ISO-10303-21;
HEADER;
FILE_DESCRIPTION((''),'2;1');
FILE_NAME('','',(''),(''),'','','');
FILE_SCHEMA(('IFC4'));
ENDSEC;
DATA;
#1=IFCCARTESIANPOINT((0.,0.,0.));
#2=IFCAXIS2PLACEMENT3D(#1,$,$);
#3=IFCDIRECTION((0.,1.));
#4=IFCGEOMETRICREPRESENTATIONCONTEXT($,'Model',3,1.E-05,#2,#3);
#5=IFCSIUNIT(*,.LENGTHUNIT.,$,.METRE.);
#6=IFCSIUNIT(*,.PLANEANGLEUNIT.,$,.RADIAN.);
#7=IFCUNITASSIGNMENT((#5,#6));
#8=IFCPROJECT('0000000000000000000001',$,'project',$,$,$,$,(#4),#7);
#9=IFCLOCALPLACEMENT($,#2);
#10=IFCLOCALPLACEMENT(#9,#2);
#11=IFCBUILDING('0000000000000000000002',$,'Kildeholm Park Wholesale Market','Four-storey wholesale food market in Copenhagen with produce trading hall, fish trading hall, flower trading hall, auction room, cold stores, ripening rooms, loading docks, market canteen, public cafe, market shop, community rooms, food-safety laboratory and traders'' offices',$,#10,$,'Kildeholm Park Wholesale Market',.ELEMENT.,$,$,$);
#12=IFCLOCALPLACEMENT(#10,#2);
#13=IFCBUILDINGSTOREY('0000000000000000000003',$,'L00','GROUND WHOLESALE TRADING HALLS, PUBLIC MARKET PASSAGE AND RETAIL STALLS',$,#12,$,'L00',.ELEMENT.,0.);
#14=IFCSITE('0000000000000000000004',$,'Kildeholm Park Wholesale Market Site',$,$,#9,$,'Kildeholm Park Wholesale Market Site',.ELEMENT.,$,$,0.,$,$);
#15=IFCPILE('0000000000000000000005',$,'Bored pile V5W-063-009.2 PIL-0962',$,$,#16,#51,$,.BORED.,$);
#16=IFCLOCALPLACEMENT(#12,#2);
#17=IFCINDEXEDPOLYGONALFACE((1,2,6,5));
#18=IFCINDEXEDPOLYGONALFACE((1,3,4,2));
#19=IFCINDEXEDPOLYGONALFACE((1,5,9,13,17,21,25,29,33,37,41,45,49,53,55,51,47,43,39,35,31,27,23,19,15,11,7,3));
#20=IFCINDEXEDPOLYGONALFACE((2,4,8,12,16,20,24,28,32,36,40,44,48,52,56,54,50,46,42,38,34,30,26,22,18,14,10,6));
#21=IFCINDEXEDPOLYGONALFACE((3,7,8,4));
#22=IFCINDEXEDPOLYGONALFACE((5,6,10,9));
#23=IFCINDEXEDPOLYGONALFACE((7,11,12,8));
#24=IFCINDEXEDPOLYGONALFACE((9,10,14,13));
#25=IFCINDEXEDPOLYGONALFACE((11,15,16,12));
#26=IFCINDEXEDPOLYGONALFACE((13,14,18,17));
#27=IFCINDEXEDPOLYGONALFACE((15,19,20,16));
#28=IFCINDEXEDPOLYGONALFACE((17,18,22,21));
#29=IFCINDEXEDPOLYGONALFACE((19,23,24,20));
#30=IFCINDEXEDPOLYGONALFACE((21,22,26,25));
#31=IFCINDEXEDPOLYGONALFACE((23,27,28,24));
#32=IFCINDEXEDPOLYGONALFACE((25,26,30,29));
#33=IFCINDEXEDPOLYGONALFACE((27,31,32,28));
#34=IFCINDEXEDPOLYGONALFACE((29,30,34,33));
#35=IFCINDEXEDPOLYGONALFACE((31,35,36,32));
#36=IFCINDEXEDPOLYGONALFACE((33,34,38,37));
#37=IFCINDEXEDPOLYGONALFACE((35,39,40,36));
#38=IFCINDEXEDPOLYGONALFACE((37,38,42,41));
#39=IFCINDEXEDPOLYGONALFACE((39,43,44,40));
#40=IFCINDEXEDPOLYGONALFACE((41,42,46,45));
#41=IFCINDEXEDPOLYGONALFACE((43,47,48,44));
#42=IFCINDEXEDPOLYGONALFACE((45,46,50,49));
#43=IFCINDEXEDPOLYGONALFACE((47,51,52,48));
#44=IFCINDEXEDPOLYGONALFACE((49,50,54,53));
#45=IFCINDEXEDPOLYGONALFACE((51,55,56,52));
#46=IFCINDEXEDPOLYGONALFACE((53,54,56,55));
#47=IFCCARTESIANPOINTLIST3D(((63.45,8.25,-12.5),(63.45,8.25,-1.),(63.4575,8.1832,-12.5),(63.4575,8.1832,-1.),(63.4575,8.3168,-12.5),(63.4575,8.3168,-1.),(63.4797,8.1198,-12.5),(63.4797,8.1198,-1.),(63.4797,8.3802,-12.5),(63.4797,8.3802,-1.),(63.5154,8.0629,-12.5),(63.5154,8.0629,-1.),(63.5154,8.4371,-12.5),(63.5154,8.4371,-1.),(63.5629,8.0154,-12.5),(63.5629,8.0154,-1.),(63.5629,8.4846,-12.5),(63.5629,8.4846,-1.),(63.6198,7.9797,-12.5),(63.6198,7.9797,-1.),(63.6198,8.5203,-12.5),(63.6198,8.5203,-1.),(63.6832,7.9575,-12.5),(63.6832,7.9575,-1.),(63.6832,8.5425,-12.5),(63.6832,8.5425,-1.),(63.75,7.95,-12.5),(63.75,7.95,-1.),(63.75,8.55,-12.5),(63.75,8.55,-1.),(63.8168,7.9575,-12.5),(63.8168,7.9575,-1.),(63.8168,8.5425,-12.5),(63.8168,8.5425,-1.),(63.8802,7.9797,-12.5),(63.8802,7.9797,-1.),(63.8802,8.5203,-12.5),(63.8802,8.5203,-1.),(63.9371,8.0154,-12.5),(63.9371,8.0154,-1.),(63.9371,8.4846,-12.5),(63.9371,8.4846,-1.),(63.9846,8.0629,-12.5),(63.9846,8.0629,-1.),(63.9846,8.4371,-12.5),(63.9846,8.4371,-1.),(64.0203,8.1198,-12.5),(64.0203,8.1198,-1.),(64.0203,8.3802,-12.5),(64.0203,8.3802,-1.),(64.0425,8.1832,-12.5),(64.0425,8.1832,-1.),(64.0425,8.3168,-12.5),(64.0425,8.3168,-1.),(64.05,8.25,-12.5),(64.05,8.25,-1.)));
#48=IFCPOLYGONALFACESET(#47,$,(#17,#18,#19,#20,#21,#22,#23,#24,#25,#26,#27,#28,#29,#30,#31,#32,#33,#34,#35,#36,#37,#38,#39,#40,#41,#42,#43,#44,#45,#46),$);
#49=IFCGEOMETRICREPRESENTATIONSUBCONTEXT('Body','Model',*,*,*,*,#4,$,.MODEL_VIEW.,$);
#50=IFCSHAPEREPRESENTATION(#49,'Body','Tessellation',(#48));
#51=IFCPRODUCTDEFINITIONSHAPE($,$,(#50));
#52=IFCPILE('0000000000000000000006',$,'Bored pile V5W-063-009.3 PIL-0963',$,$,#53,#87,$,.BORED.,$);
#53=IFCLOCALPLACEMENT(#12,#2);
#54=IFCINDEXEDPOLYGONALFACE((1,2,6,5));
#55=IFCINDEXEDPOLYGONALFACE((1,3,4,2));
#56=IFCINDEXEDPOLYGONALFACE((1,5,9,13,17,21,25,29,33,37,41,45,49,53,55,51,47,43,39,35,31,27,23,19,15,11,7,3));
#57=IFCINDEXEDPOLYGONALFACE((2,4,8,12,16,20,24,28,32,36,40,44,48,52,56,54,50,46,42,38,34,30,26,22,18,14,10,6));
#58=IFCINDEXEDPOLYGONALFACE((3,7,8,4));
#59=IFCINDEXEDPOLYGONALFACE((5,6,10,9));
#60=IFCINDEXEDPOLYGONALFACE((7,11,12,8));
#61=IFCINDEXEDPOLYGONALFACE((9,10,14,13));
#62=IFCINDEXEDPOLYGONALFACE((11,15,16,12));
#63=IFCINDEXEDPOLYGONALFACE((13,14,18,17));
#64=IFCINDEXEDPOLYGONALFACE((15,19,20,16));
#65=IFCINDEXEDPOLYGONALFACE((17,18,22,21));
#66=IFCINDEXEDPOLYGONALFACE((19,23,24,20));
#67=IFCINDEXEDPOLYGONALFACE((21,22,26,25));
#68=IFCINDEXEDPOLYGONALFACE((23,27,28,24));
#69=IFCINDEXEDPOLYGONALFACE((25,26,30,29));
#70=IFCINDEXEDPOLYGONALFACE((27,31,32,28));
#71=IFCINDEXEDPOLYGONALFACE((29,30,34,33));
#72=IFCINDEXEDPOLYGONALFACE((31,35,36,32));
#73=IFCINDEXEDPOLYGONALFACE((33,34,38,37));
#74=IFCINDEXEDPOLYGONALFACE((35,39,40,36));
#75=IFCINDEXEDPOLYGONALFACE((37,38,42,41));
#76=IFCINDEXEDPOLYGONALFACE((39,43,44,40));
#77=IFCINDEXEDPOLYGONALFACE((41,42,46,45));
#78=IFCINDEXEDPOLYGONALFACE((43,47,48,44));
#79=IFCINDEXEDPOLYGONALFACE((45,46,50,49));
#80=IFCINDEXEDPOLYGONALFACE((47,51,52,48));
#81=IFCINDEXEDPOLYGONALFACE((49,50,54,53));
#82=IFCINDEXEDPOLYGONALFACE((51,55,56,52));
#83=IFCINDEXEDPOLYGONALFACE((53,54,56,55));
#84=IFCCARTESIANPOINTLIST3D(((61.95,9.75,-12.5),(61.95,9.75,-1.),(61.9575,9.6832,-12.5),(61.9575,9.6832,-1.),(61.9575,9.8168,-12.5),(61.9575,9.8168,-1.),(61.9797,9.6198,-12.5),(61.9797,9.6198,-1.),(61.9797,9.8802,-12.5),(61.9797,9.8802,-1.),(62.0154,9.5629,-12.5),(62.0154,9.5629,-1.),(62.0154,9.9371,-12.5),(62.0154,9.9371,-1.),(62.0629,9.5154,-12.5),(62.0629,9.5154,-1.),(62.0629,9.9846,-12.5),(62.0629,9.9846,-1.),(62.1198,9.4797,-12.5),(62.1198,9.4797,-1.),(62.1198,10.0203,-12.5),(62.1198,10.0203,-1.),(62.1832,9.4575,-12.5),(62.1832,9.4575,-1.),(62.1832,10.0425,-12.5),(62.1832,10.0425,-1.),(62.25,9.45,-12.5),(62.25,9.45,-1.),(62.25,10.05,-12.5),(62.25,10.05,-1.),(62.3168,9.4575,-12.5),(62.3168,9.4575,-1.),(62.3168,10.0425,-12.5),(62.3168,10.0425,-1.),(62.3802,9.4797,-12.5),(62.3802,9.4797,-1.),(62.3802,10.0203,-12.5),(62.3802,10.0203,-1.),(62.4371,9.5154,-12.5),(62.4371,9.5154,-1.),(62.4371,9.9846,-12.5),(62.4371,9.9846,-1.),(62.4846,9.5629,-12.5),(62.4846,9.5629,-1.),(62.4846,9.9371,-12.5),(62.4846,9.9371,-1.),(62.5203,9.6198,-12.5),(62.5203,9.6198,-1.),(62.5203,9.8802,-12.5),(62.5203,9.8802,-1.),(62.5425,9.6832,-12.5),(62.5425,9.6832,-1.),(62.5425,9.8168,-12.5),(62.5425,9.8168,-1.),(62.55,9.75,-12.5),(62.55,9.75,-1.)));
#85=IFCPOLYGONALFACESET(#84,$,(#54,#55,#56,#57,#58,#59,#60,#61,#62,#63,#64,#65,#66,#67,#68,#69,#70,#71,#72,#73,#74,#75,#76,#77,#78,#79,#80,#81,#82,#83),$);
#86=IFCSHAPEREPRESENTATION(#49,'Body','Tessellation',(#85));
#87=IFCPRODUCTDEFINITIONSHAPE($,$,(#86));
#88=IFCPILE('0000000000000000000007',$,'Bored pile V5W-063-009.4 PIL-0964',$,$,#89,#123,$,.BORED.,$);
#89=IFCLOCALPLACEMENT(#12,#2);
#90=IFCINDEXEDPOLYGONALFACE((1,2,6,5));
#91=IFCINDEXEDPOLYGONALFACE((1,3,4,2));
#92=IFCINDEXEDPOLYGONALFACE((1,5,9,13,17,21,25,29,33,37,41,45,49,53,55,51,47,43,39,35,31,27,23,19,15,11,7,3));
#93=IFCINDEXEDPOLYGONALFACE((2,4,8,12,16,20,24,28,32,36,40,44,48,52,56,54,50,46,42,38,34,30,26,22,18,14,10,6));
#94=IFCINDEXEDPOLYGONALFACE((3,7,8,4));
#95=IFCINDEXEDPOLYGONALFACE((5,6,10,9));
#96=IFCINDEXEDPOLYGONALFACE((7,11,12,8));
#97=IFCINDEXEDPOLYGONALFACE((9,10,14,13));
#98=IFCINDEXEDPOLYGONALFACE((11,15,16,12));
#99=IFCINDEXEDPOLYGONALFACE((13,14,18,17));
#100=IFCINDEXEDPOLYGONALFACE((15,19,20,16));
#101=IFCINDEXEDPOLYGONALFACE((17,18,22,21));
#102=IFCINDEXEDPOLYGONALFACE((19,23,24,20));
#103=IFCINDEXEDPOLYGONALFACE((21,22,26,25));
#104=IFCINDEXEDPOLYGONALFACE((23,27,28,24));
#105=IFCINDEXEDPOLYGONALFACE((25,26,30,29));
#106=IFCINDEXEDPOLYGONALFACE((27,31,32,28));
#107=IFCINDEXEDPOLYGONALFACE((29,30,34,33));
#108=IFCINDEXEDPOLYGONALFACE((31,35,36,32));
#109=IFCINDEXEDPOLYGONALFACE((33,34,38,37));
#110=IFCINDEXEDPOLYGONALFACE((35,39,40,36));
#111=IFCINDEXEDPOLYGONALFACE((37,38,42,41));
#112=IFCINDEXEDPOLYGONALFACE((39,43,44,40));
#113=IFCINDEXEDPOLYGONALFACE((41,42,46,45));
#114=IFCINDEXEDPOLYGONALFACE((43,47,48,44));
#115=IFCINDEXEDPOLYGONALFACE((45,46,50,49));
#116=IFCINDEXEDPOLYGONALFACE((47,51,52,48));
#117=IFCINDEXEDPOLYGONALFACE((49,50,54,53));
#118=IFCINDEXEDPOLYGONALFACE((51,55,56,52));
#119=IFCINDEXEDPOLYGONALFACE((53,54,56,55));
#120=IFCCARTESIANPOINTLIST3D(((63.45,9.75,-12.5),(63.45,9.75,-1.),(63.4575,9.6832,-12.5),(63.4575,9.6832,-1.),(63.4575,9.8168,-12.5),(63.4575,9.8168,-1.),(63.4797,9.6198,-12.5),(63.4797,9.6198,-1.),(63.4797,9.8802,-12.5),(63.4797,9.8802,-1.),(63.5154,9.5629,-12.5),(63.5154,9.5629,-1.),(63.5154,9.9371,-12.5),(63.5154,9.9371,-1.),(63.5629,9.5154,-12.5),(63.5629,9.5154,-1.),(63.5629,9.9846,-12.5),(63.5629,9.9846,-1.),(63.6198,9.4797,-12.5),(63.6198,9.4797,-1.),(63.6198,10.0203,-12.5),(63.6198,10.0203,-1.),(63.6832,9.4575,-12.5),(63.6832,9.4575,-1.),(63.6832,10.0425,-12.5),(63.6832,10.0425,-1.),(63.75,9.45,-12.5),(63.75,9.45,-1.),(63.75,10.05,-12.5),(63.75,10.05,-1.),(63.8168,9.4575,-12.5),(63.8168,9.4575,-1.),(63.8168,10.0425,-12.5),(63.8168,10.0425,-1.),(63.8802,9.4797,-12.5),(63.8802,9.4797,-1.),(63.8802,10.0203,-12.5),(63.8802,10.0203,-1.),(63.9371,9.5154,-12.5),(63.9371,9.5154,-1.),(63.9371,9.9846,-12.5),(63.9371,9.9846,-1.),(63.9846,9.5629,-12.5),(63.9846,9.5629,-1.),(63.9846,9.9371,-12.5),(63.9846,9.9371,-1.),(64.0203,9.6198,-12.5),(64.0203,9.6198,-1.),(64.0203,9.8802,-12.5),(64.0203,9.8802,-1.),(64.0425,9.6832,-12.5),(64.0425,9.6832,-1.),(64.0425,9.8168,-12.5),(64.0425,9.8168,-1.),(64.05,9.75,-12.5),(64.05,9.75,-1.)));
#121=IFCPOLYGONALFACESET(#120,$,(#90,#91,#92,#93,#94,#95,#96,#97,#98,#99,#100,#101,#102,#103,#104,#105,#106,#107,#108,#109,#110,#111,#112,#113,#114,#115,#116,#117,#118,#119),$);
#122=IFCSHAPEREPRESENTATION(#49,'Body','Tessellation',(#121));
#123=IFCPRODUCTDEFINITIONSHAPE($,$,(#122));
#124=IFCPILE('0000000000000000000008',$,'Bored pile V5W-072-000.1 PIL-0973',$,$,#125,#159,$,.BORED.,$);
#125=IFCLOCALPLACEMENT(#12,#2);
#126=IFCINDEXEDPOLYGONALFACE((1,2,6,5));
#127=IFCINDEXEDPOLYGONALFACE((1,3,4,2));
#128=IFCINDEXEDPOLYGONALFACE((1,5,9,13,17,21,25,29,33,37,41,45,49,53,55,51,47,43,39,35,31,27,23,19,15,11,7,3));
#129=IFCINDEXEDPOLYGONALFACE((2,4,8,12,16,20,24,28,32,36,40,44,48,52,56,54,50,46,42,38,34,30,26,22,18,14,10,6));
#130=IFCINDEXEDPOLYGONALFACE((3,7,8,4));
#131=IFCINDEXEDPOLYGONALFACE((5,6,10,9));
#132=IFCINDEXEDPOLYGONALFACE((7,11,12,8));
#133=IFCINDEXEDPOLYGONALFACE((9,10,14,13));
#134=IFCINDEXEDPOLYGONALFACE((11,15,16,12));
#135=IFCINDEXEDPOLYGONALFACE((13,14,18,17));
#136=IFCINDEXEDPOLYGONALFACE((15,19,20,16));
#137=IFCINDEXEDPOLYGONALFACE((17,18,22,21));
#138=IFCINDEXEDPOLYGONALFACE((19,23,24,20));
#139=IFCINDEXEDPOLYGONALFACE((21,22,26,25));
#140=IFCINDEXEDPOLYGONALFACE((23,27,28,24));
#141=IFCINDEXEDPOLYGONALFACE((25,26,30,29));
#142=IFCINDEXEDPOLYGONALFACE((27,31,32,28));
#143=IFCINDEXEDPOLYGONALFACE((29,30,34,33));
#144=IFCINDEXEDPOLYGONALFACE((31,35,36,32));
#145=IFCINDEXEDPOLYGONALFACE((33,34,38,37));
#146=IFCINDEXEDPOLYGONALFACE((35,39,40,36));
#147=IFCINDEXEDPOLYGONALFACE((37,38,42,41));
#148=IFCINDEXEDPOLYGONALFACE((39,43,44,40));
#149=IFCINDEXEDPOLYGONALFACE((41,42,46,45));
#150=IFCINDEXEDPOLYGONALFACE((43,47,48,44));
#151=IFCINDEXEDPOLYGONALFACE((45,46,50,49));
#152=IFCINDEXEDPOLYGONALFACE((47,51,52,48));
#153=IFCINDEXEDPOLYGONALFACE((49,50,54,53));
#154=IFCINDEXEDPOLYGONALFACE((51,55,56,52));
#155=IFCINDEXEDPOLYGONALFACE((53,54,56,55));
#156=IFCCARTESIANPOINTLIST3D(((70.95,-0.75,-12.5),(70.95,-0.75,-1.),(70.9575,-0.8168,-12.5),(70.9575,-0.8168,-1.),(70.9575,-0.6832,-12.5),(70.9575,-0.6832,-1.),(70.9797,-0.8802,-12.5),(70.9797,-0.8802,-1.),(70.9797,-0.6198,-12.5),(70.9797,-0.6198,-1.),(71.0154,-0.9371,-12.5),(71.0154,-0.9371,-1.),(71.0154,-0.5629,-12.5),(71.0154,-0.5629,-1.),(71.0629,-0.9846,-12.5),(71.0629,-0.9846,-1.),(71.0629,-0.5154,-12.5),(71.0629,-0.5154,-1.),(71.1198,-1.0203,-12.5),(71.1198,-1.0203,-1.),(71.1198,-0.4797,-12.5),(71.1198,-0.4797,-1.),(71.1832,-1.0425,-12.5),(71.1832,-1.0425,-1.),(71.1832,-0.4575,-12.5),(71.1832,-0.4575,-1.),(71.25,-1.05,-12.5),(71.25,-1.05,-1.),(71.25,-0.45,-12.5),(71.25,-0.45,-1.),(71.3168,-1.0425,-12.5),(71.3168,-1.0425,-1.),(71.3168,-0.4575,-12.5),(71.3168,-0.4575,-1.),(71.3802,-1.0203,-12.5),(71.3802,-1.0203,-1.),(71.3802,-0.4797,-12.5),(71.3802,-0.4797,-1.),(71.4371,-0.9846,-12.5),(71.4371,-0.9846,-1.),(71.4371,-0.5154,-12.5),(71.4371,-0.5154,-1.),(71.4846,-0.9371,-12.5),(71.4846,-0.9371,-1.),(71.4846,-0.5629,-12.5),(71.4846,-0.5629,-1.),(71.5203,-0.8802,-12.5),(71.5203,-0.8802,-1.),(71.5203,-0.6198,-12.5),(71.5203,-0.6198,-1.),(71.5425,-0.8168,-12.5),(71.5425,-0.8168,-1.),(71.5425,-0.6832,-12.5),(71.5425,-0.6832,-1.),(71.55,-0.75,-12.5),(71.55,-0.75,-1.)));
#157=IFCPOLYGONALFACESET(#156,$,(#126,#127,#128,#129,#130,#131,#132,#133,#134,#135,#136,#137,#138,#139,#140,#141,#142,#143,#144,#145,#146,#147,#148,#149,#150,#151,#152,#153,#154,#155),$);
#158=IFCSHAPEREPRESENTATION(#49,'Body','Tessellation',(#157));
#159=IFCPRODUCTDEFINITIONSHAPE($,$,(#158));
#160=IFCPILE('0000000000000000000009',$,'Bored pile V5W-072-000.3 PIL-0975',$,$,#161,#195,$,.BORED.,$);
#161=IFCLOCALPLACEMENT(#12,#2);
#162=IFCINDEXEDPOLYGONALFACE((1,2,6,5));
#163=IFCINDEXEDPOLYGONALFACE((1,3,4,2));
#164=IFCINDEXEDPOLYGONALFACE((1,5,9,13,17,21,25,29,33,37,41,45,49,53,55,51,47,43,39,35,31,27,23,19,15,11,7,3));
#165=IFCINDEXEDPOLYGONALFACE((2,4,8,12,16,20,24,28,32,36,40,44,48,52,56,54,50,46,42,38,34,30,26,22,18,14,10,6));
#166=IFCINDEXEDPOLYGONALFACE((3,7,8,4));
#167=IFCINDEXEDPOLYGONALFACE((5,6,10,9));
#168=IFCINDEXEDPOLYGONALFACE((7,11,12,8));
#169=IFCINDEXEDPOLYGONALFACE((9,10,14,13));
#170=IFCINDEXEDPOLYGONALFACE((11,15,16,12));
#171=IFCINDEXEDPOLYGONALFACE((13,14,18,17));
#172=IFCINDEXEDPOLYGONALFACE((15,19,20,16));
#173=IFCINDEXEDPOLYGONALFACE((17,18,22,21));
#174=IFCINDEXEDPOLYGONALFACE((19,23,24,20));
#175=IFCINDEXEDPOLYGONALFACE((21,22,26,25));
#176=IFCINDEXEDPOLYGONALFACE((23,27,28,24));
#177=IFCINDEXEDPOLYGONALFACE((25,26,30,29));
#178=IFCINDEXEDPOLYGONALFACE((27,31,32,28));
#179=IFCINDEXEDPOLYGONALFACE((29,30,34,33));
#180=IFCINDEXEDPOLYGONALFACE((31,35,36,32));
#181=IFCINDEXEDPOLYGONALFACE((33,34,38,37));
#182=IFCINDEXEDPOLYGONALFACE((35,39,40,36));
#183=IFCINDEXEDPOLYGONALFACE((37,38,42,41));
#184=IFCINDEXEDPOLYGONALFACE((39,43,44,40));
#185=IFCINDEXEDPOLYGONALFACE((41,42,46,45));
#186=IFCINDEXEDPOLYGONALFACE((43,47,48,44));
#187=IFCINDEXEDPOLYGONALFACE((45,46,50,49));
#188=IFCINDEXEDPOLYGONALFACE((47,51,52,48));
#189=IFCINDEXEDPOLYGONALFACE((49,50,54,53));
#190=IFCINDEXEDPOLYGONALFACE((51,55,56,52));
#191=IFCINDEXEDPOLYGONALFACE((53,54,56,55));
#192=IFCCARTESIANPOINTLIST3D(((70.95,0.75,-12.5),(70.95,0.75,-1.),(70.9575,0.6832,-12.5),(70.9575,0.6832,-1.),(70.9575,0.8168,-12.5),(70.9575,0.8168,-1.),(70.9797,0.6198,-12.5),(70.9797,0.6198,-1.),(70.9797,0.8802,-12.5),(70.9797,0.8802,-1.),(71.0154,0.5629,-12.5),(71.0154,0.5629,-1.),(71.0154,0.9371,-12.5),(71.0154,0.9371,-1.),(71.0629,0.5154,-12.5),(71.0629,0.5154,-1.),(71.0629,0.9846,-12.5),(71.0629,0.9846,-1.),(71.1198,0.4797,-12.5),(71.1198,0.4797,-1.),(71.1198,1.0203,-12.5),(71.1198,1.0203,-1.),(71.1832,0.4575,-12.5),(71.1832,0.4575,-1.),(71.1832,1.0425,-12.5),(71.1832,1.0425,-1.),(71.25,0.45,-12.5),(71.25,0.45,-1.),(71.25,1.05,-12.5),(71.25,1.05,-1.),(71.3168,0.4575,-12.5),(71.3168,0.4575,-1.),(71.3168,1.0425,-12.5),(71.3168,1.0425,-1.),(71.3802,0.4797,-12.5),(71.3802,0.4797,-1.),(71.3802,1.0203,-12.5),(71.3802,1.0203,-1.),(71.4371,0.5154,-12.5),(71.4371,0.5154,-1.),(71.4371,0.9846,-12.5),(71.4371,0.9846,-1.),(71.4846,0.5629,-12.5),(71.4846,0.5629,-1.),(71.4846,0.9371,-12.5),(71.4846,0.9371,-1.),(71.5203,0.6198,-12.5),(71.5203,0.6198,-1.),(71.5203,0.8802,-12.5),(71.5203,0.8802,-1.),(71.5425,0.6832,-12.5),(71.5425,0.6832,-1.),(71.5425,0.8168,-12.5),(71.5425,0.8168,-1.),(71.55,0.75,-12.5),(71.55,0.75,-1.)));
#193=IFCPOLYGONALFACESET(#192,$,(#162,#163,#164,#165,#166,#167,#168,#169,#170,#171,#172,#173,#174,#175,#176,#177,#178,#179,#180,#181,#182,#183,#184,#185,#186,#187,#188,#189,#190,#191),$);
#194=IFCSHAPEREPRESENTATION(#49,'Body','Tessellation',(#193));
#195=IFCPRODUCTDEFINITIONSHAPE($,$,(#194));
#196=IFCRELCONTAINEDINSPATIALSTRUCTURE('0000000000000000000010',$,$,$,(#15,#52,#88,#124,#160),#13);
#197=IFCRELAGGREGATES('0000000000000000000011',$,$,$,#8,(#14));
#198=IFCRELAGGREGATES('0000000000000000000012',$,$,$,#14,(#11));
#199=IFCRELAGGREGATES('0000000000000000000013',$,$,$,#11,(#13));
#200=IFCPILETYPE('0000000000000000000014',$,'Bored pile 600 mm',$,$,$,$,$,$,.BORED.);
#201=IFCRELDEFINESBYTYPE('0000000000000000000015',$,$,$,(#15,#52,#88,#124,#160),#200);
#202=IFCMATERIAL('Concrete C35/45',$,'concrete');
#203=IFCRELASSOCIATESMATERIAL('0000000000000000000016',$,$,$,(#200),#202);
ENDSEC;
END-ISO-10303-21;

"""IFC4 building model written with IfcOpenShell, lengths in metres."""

from ifc_helpers import new_model, si_unit, direction, frame, origin, origin_2d, place, context, subcontext, project, spatial, circle, extrude, material, material_profile, profile_set, type_object, element, save


model = new_model("IFC4")

# Units and contexts
model_context = context("Model", 3, precision=1e-05, world=origin(), true_north=direction((0.0, 1.0)))
body_context = subcontext(model_context, "Body", "Model", "MODEL_VIEW")
ifc_project = project(units=[si_unit("LENGTHUNIT", "METRE"), si_unit("PLANEANGLEUNIT", "RADIAN")], contexts=[model_context])

# Site, building, storey
site_placement = place(None, origin())
site = spatial("IfcSite", under=ifc_project, at=site_placement, Name="Kildeholm Park Wholesale Market Site", LongName="Kildeholm Park Wholesale Market Site", CompositionType="ELEMENT", RefElevation=0.0)
building_placement = place(site_placement, origin())
building = spatial("IfcBuilding", under=site, at=building_placement, Name="Kildeholm Park Wholesale Market", Description="Four-storey wholesale food market in Copenhagen with produce trading hall, fish trading hall, flower trading hall, auction room, cold stores, ripening rooms, loading docks, market canteen, public cafe, market shop, community rooms, food-safety laboratory and traders' offices", LongName="Kildeholm Park Wholesale Market", CompositionType="ELEMENT")
storey_placement = place(building_placement, origin())
storey = spatial("IfcBuildingStorey", under=building, at=storey_placement, Name="L00", Description="GROUND WHOLESALE TRADING HALLS, PUBLIC MARKET PASSAGE AND RETAIL STALLS", LongName="L00", CompositionType="ELEMENT", Elevation=0.0)

# Piles
ifc_material_1 = material(Name="Concrete C35/45", Category="concrete")
ifc_material_profile_1 = material_profile(ifc_material_1, circle(Radius=0.3, at=origin_2d()), Name="PILE D600")
ifc_profile_set_1 = profile_set([ifc_material_profile_1], Name="Concrete C35/45")
pile_type = type_object("IfcPileType", Name="Bored pile 600 mm", PredefinedType="BORED", material=ifc_profile_set_1)
for number, where, z_axis, x_axis, name in (
    (1, (63.75, 8.25, -1.0), (0.0, 0.0, -1.0), (1.0, 0.0, 0.0), "Bored pile V5W-063-009.2 PIL-0962"),
    (2, (62.25, 9.75, -1.0), (0.0, 0.0, -1.0), (1.0, 0.0, 0.0), "Bored pile V5W-063-009.3 PIL-0963"),
    (3, (63.75, 9.75, -1.0), (0.0, 0.0, -1.0), (1.0, 0.0, 0.0), "Bored pile V5W-063-009.4 PIL-0964"),
    (4, (71.25, -0.75, -1.0), (0.0, 0.0, -1.0), (1.0, 0.0, 0.0), "Bored pile V5W-072-000.1 PIL-0973"),
    (5, (71.25, 0.75, -1.0), (0.0, 0.0, -1.0), (1.0, 0.0, 0.0), "Bored pile V5W-072-000.3 PIL-0975"),
):
    element("IfcPile", number, at=place(storey_placement, frame(where, z_axis=z_axis, x_axis=x_axis)), inside=storey, type_object=pile_type, Name=name, PredefinedType="BORED", context=body_context, shape_type="SweptSolid", body=[
        extrude(circle(Radius=0.3, at=origin_2d()), origin(), (0.0, 0.0, 1.0), 11.5),
    ])

save(model, "model.ifc")
